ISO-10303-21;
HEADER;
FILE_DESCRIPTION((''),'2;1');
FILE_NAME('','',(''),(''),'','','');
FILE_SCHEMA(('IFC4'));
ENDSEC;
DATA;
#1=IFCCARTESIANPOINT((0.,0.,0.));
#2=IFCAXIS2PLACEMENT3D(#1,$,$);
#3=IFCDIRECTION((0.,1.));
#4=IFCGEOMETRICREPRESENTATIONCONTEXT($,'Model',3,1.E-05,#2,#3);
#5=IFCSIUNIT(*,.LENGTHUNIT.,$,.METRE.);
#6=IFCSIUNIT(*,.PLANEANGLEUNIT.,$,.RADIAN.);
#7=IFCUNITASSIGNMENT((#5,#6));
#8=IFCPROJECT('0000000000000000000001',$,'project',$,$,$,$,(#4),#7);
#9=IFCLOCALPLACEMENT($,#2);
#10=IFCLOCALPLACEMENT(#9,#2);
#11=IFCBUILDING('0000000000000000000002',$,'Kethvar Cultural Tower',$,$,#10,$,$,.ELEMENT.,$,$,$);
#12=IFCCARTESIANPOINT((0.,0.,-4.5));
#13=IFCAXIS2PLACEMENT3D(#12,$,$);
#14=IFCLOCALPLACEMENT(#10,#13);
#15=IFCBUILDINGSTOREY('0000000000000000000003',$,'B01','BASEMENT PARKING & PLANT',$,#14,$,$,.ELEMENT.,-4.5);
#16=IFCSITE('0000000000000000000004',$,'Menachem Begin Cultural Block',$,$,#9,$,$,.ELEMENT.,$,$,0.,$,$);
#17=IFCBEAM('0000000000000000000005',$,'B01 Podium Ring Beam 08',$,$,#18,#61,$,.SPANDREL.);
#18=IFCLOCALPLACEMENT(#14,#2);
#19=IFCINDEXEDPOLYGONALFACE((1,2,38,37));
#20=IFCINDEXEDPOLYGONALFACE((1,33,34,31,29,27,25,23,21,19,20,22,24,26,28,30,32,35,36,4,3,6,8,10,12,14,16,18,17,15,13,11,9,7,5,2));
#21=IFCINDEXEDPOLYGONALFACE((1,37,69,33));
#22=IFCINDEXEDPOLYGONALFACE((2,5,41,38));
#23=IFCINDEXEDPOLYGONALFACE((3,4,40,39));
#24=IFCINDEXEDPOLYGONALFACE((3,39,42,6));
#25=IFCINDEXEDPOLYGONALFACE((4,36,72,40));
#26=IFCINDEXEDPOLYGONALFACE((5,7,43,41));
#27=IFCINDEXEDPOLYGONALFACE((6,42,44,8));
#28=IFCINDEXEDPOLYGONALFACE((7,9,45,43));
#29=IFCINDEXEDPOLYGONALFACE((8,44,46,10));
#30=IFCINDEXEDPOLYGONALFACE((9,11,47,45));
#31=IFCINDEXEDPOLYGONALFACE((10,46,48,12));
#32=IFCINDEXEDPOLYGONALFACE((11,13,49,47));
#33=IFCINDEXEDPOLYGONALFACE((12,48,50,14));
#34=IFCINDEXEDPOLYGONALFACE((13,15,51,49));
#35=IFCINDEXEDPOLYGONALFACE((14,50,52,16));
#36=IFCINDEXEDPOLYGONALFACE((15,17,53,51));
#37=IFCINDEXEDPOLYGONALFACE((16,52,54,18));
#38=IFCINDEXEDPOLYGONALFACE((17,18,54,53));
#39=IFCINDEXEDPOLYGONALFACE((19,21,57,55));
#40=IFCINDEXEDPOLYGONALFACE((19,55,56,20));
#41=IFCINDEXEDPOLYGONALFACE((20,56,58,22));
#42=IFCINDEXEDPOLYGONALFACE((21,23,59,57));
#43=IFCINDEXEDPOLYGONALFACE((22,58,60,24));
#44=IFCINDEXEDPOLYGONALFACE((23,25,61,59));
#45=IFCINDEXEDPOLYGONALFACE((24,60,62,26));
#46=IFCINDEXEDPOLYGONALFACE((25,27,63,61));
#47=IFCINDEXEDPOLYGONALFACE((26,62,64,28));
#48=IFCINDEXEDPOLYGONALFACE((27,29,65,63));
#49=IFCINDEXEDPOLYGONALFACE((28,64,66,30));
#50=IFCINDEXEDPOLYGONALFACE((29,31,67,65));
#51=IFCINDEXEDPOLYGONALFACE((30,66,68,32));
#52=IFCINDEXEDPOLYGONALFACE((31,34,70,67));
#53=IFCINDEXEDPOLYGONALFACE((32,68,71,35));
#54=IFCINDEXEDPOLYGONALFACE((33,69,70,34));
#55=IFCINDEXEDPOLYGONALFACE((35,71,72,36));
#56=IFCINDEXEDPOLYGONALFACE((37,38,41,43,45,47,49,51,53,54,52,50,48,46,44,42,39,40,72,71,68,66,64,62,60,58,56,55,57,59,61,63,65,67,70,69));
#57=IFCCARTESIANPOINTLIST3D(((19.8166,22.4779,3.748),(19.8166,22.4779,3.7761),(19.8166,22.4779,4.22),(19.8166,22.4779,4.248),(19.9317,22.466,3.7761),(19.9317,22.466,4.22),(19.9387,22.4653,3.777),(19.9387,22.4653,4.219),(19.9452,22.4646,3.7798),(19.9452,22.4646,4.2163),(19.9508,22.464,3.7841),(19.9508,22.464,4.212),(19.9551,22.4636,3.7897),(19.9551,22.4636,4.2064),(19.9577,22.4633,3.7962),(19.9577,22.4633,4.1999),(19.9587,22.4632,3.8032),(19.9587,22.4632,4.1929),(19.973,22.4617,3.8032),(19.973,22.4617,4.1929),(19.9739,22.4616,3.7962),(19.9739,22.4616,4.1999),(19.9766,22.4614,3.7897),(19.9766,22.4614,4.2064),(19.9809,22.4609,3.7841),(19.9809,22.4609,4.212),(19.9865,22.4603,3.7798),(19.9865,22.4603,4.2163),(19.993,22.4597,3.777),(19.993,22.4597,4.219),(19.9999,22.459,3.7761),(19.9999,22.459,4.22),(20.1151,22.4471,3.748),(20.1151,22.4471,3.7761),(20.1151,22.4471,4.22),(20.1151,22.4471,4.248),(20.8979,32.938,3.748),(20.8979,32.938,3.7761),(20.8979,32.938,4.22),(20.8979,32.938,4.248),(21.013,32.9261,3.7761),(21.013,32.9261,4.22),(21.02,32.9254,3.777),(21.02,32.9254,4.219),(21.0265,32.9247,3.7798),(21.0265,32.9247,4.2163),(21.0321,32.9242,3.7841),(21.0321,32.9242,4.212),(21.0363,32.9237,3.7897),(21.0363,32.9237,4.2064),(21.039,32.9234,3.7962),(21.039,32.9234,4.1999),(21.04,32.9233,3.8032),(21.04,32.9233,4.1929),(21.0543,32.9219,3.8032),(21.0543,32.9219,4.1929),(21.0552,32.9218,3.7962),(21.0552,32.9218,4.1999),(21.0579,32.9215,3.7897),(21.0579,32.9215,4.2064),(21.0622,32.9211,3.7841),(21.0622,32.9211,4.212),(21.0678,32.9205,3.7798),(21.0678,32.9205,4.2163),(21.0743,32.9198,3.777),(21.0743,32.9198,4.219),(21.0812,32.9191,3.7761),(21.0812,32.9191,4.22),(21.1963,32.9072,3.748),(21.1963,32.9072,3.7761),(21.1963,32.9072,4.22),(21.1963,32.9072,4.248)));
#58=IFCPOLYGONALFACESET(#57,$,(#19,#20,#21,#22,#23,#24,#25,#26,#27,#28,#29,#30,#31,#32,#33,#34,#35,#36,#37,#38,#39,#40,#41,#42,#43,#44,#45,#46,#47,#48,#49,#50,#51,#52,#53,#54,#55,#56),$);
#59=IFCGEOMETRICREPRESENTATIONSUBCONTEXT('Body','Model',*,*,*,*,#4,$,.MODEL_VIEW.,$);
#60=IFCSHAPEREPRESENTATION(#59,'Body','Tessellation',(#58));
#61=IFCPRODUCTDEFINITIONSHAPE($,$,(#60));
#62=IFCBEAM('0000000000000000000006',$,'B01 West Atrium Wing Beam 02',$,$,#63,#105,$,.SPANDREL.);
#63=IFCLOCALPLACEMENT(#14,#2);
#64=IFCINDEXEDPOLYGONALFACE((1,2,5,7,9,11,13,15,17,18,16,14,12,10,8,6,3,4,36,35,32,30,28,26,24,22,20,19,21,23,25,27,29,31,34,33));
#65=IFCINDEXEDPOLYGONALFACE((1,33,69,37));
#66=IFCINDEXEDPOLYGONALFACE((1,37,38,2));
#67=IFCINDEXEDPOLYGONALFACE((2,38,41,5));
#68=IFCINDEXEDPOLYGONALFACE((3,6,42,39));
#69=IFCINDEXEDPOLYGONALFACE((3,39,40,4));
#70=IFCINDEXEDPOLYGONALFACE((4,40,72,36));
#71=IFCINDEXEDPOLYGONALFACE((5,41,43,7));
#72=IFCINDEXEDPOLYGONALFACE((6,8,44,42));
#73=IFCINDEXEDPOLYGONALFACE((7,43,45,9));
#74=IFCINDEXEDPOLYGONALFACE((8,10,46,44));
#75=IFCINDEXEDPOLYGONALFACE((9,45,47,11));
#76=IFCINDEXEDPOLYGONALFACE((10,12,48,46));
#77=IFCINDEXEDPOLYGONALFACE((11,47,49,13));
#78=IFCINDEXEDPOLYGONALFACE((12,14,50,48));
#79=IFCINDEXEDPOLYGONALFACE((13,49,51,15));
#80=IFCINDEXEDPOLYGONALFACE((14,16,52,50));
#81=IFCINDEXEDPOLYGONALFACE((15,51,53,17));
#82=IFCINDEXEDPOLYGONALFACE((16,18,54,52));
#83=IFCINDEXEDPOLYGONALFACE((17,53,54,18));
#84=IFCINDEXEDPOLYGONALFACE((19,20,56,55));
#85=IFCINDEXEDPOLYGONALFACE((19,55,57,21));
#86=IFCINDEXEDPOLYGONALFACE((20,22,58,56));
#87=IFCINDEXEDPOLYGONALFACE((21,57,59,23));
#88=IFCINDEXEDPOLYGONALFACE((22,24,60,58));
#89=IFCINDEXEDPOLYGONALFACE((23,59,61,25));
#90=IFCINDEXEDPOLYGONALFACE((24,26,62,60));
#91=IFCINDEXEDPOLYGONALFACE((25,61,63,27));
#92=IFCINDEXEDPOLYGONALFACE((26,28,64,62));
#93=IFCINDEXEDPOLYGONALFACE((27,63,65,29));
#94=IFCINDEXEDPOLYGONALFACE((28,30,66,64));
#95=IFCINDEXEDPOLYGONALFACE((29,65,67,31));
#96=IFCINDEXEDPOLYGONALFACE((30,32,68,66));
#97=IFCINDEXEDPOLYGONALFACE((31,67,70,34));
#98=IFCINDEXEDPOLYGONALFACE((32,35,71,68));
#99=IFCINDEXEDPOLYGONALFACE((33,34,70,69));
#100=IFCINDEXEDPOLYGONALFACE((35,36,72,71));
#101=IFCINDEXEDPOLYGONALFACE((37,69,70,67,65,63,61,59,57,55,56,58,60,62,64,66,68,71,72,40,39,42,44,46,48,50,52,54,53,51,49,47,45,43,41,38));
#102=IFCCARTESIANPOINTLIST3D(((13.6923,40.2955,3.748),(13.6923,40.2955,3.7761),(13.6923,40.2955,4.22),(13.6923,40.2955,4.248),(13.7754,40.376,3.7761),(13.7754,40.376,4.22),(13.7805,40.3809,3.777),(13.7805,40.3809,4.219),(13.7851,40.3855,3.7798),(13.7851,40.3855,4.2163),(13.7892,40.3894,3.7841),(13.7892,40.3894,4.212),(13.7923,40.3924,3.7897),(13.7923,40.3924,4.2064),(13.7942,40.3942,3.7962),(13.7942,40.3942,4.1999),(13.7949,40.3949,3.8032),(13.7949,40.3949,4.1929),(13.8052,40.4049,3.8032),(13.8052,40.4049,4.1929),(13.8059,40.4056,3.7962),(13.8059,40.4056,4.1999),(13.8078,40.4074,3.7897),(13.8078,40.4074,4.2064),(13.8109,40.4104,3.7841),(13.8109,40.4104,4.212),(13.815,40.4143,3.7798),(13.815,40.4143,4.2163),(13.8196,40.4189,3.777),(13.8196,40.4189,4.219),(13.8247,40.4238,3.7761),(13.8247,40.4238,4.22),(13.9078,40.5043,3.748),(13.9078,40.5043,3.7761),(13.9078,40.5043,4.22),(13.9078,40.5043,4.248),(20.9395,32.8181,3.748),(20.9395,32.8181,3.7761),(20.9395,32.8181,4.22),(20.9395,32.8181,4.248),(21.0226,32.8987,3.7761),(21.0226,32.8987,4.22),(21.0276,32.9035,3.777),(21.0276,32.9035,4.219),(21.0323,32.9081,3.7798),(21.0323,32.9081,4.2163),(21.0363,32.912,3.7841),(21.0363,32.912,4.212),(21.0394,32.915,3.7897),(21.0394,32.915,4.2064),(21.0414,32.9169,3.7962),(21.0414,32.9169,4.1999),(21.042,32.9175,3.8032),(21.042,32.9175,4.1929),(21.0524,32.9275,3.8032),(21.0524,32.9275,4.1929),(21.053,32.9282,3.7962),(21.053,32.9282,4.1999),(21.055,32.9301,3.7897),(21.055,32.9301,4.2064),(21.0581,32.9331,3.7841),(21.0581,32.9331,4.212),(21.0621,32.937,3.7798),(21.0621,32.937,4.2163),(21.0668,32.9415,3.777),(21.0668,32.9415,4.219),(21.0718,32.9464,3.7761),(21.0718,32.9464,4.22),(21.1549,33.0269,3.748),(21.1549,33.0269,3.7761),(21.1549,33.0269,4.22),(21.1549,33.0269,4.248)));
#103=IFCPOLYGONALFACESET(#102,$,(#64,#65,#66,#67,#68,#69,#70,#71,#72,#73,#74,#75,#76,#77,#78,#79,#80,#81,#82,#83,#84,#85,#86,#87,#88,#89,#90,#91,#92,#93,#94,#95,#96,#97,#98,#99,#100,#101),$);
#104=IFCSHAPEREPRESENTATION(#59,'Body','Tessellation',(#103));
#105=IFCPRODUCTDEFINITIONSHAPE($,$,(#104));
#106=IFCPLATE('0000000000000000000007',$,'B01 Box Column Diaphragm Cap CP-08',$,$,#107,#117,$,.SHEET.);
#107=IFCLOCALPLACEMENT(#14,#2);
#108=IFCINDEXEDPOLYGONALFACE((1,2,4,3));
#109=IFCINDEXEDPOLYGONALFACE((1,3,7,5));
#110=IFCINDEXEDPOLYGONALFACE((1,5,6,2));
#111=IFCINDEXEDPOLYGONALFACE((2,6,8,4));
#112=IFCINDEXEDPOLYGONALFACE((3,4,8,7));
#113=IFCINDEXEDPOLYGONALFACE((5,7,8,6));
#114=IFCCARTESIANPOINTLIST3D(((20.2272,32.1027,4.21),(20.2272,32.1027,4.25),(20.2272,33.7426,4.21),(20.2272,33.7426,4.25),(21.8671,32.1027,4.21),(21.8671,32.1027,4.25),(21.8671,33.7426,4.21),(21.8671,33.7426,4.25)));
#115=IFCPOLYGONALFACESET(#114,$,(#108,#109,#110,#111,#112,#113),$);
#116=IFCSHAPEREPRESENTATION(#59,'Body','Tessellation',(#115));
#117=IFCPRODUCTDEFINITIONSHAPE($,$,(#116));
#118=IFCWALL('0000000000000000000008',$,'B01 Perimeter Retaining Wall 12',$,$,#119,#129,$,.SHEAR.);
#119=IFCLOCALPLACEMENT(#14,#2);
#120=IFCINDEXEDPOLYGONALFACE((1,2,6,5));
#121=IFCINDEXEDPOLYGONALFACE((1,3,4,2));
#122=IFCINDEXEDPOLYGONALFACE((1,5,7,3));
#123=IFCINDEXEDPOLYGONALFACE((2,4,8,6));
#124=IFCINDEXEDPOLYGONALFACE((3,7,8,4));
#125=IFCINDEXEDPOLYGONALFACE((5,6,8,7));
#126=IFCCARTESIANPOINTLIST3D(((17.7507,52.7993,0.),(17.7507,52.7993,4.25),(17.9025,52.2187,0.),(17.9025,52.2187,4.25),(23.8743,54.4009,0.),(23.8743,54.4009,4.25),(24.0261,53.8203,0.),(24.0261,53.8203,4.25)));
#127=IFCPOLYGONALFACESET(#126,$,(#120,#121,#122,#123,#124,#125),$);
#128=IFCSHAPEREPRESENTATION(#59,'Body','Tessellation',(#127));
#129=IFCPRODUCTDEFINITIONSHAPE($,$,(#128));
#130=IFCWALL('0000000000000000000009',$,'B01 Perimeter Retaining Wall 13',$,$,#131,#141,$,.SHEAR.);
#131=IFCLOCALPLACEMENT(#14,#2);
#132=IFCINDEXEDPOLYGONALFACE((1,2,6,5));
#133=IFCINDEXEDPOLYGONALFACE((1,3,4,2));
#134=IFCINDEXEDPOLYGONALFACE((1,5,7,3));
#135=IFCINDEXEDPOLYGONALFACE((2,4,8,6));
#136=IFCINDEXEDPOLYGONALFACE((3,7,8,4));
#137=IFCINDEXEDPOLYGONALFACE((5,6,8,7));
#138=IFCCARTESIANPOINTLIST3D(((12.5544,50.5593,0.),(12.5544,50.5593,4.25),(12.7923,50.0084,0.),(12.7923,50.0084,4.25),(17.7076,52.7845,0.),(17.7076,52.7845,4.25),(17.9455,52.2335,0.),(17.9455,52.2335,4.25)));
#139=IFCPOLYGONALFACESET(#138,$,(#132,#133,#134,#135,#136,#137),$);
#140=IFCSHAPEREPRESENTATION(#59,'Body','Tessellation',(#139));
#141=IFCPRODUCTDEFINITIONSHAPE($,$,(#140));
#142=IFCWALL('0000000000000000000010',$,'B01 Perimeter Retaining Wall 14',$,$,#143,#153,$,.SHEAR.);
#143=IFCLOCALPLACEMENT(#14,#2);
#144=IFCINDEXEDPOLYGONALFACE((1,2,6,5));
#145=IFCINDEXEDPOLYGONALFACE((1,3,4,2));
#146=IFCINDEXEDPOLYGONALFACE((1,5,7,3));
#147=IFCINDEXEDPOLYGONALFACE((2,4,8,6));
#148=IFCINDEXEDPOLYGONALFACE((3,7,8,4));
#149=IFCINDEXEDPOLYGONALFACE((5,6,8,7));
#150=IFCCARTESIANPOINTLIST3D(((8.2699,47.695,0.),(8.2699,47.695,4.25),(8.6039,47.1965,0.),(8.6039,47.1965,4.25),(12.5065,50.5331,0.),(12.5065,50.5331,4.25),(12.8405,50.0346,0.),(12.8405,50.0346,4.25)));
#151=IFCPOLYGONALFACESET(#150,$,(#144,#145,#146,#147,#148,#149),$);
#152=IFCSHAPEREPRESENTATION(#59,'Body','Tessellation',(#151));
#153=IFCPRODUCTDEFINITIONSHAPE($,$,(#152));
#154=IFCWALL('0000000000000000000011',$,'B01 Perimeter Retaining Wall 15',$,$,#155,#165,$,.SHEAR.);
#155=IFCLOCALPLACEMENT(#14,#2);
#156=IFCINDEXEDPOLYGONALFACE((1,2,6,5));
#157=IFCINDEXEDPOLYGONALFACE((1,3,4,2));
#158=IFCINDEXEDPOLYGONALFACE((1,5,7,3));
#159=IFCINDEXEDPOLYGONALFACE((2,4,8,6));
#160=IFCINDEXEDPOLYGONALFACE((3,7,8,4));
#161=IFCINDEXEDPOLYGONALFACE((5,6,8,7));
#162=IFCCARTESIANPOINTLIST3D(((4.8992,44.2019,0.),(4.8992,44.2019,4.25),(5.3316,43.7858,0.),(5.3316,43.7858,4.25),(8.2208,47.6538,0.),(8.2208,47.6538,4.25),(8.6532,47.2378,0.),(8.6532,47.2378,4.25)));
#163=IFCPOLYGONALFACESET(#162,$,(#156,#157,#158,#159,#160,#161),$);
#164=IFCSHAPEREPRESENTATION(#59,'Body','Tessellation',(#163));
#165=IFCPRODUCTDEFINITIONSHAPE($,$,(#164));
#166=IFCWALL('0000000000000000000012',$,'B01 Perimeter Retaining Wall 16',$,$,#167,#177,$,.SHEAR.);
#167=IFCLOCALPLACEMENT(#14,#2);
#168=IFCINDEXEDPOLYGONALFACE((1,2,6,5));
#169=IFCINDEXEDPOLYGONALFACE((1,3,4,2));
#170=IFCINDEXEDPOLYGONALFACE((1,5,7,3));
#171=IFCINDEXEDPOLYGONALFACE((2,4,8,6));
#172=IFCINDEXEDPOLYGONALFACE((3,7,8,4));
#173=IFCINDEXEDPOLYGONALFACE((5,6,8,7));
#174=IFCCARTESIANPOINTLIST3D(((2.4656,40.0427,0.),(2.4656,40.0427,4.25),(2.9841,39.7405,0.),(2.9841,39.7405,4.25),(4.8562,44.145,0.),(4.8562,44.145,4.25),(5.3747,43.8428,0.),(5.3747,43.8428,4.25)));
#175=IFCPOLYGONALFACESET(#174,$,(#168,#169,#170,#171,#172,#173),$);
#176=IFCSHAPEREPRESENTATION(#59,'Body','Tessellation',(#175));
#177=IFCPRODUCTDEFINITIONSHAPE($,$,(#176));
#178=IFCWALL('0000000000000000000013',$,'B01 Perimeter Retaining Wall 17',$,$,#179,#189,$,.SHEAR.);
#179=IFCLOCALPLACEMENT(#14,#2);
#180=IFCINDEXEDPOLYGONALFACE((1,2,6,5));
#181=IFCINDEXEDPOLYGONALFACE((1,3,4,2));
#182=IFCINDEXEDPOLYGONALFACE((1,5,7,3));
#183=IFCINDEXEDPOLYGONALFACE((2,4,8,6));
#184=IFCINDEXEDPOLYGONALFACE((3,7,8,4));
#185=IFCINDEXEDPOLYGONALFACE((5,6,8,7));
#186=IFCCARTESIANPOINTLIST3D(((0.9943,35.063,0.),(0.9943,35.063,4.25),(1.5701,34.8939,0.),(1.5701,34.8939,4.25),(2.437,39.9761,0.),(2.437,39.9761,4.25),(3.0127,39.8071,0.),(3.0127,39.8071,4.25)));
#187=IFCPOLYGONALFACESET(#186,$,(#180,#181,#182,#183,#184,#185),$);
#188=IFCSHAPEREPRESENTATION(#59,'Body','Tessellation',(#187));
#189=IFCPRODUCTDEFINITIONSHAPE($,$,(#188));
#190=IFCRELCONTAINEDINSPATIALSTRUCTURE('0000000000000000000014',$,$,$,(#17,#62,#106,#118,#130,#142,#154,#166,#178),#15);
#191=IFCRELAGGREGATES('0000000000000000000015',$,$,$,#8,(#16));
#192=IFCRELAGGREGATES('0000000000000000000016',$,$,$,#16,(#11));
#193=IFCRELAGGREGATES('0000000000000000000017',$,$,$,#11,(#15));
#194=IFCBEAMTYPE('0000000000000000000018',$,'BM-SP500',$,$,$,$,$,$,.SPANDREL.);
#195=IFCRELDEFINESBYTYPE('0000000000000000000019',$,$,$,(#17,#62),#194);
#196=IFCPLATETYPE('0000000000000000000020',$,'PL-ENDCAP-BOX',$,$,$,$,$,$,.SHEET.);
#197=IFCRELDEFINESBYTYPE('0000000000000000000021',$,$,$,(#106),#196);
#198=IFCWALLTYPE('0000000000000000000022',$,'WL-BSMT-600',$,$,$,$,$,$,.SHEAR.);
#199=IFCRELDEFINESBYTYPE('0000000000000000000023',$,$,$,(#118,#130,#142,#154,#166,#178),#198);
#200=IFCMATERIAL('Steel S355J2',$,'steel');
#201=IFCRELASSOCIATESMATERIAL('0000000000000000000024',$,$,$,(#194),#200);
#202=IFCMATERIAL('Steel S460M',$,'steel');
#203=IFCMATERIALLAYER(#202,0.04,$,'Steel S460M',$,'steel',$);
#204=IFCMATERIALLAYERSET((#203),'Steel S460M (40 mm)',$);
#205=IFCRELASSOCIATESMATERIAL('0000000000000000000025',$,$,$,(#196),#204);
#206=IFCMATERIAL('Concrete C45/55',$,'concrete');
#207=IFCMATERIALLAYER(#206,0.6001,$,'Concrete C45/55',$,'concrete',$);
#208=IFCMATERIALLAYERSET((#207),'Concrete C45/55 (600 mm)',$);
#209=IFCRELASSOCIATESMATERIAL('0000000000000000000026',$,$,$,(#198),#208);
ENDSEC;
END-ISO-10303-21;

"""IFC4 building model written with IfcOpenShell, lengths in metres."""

from ifc_helpers import new_model, si_unit, direction, frame, frame_2d, origin, origin_2d, place, context, subcontext, project, spatial, rectangle, i_section, extrude, source, transform, mapped, material, layer, layer_set, material_profile, profile_set, type_object, element, save


model = new_model("IFC4")

# Units and contexts
model_context = context("Model", 3, precision=1e-05, world=origin(), true_north=direction((0.0, 1.0)))
body_context = subcontext(model_context, "Body", "Model", "MODEL_VIEW")
ifc_project = project(units=[si_unit("LENGTHUNIT", "METRE"), si_unit("PLANEANGLEUNIT", "RADIAN")], contexts=[model_context])

# Site, building, storey
site_placement = place(None, origin())
site = spatial("IfcSite", under=ifc_project, at=site_placement, Name="Menachem Begin Cultural Block", CompositionType="ELEMENT", RefElevation=0.0)
building_placement = place(site_placement, origin())
building = spatial("IfcBuilding", under=site, at=building_placement, Name="Kethvar Cultural Tower", CompositionType="ELEMENT")
storey_placement = place(building_placement, frame((0.0, 0.0, -4.5)))
storey = spatial("IfcBuildingStorey", under=building, at=storey_placement, Name="B01", Description="BASEMENT PARKING & PLANT", CompositionType="ELEMENT", Elevation=-4.5)

# Shared definitions
ifc_material_1 = material(Name="Steel S460M", Category="steel")
ifc_material_2 = material(Name="Steel S355J2", Category="steel")

# Beams
ifc_material_profile_1 = material_profile(ifc_material_2, i_section(OverallWidth=0.3, OverallDepth=0.5, WebThickness=0.0144, FlangeThickness=0.0281, FilletRadius=0.0271, at=origin_2d()), Name="Steel S355J2 — HEB500")
ifc_profile_set_1 = profile_set([ifc_material_profile_1], Name="Steel S355J2 — HEB500")
beam_type = type_object("IfcBeamType", Name="BM-SP500", PredefinedType="SPANDREL", material=ifc_profile_set_1)
shared_shape_1 = source(origin(), body_context, "Body", "SweptSolid", [
    extrude(i_section(OverallWidth=0.3, OverallDepth=0.5, WebThickness=0.0144, FlangeThickness=0.0281, FilletRadius=0.0271, at=origin_2d()), origin(), (0.0, 0.0, 1.0), 10.5159),
])
beam_1_placement = place(storey_placement, frame((21.0471, 32.9226, 3.998), z_axis=(-0.102825, -0.994699, 0.0), x_axis=(0.994699, -0.102825, 0.0)))
element("IfcBeam", 1, at=beam_1_placement, inside=storey, type_object=beam_type, Name="B01 Podium Ring Beam 08", PredefinedType="SPANDREL", context=body_context, shape_type="MappedRepresentation", body=[
    mapped(shared_shape_1, transform((0.0, 0.0, 0.0), scale=1.0)),
])
shared_shape_2 = source(origin(), body_context, "Body", "SweptSolid", [
    extrude(i_section(OverallWidth=0.3, OverallDepth=0.5, WebThickness=0.0144, FlangeThickness=0.0281, FilletRadius=0.0271, at=origin_2d()), origin(), (0.0, 0.0, 1.0), 10.4131),
])
beam_2_placement = place(storey_placement, frame((13.8, 40.3999, 3.998), z_axis=(0.695966, -0.718075, 0.0), x_axis=(0.718075, 0.695966, 0.0)))
element("IfcBeam", 2, at=beam_2_placement, inside=storey, type_object=beam_type, Name="B01 West Atrium Wing Beam 02", PredefinedType="SPANDREL", context=body_context, shape_type="MappedRepresentation", body=[
    mapped(shared_shape_2, transform((0.0, 0.0, 0.0), scale=1.0)),
])

# Plate
ifc_layer_1 = layer(ifc_material_1, 0.04, Name="Steel S460M", Category="steel")
ifc_layer_set_1 = layer_set([ifc_layer_1], Name="Steel S460M (40 mm)")
plate_type = type_object("IfcPlateType", Name="PL-ENDCAP-BOX", PredefinedType="SHEET", material=ifc_layer_set_1)
shared_shape_3 = source(origin(), body_context, "Body", "SweptSolid", [
    extrude(rectangle(XDim=1.6399, YDim=1.6399, at=origin_2d()), origin(), (0.0, 0.0, 1.0), 0.04),
])
plate_placement = place(storey_placement, frame((21.0471, 32.9226, 4.21), z_axis=(0.0, 0.0, 1.0), x_axis=(1.0, 0.0, 0.0)))
element("IfcPlate", 3, at=plate_placement, inside=storey, type_object=plate_type, Name="B01 Box Column Diaphragm Cap CP-08", PredefinedType="SHEET", context=body_context, shape_type="MappedRepresentation", body=[
    mapped(shared_shape_3, transform((0.0, 0.0, 0.0), scale=1.0)),
])

# Walls
ifc_material_3 = material(Name="Concrete C45/55", Category="concrete")
ifc_layer_2 = layer(ifc_material_3, 0.6001, Name="Concrete C45/55", Category="concrete")
ifc_layer_set_2 = layer_set([ifc_layer_2], Name="Concrete C45/55 (600 mm)")
wall_type_1 = type_object("IfcWallType", Name="WL-BSMT-600", PredefinedType="SHEAR", material=ifc_layer_set_2)
wall_1_placement = place(storey_placement, frame((23.9502, 54.1106, 0.0), z_axis=(0.0, 0.0, 1.0), x_axis=(-0.967458, -0.253031, 0.0)))
element("IfcWall", 4, at=wall_1_placement, inside=storey, type_object=wall_type_1, Name="B01 Perimeter Retaining Wall 12", PredefinedType="SHEAR", context=body_context, shape_type="SweptSolid", body=[
    extrude(rectangle(XDim=6.3296, YDim=0.6001, at=frame_2d((3.1648, 0.0))), origin(), (0.0, 0.0, 1.0), 4.25),
])
wall_2_placement = place(storey_placement, frame((17.8267, 52.509, 0.0), z_axis=(0.0, 0.0, 1.0), x_axis=(-0.918068, -0.396422, 0.0)))
element("IfcWall", 5, at=wall_2_placement, inside=storey, type_object=wall_type_1, Name="B01 Perimeter Retaining Wall 13", PredefinedType="SHEAR", context=body_context, shape_type="SweptSolid", body=[
    extrude(rectangle(XDim=5.613, YDim=0.6001, at=frame_2d((2.8066, 0.0))), origin(), (0.0, 0.0, 1.0), 4.25),
])
wall_3_placement = place(storey_placement, frame((12.6736, 50.2839, 0.0), z_axis=(0.0, 0.0, 1.0), x_axis=(-0.830803, -0.556566, 0.0)))
element("IfcWall", 6, at=wall_3_placement, inside=storey, type_object=wall_type_1, Name="B01 Perimeter Retaining Wall 14", PredefinedType="SHEAR", context=body_context, shape_type="SweptSolid", body=[
    extrude(rectangle(XDim=5.0994, YDim=0.6001, at=frame_2d((2.5498, 0.0))), origin(), (0.0, 0.0, 1.0), 4.25),
])
wall_4_placement = place(storey_placement, frame((8.437, 47.4458, 0.0), z_axis=(0.0, 0.0, 1.0), x_axis=(-0.693368, -0.720583, 0.0)))
element("IfcWall", 7, at=wall_4_placement, inside=storey, type_object=wall_type_1, Name="B01 Perimeter Retaining Wall 15", PredefinedType="SHEAR", context=body_context, shape_type="SweptSolid", body=[
    extrude(rectangle(XDim=4.7905, YDim=0.6001, at=frame_2d((2.3953, 0.0))), origin(), (0.0, 0.0, 1.0), 4.25),
])
wall_5_placement = place(storey_placement, frame((5.1155, 43.9939, 0.0), z_axis=(0.0, 0.0, 1.0), x_axis=(-0.503497, -0.863997, 0.0)))
element("IfcWall", 8, at=wall_5_placement, inside=storey, type_object=wall_type_1, Name="B01 Perimeter Retaining Wall 16", PredefinedType="SHEAR", context=body_context, shape_type="SweptSolid", body=[
    extrude(rectangle(XDim=4.748, YDim=0.6001, at=frame_2d((2.374, 0.0))), origin(), (0.0, 0.0, 1.0), 4.25),
])
wall_6_placement = place(storey_placement, frame((2.7249, 39.8916, 0.0), z_axis=(0.0, 0.0, 1.0), x_axis=(-0.281735, -0.959492, 0.0)))
element("IfcWall", 9, at=wall_6_placement, inside=storey, type_object=wall_type_1, Name="B01 Perimeter Retaining Wall 17", PredefinedType="SHEAR", context=body_context, shape_type="SweptSolid", body=[
    extrude(rectangle(XDim=5.1206, YDim=0.6001, at=frame_2d((2.5603, 0.0))), origin(), (0.0, 0.0, 1.0), 4.25),
])

save(model, "model.ifc")
